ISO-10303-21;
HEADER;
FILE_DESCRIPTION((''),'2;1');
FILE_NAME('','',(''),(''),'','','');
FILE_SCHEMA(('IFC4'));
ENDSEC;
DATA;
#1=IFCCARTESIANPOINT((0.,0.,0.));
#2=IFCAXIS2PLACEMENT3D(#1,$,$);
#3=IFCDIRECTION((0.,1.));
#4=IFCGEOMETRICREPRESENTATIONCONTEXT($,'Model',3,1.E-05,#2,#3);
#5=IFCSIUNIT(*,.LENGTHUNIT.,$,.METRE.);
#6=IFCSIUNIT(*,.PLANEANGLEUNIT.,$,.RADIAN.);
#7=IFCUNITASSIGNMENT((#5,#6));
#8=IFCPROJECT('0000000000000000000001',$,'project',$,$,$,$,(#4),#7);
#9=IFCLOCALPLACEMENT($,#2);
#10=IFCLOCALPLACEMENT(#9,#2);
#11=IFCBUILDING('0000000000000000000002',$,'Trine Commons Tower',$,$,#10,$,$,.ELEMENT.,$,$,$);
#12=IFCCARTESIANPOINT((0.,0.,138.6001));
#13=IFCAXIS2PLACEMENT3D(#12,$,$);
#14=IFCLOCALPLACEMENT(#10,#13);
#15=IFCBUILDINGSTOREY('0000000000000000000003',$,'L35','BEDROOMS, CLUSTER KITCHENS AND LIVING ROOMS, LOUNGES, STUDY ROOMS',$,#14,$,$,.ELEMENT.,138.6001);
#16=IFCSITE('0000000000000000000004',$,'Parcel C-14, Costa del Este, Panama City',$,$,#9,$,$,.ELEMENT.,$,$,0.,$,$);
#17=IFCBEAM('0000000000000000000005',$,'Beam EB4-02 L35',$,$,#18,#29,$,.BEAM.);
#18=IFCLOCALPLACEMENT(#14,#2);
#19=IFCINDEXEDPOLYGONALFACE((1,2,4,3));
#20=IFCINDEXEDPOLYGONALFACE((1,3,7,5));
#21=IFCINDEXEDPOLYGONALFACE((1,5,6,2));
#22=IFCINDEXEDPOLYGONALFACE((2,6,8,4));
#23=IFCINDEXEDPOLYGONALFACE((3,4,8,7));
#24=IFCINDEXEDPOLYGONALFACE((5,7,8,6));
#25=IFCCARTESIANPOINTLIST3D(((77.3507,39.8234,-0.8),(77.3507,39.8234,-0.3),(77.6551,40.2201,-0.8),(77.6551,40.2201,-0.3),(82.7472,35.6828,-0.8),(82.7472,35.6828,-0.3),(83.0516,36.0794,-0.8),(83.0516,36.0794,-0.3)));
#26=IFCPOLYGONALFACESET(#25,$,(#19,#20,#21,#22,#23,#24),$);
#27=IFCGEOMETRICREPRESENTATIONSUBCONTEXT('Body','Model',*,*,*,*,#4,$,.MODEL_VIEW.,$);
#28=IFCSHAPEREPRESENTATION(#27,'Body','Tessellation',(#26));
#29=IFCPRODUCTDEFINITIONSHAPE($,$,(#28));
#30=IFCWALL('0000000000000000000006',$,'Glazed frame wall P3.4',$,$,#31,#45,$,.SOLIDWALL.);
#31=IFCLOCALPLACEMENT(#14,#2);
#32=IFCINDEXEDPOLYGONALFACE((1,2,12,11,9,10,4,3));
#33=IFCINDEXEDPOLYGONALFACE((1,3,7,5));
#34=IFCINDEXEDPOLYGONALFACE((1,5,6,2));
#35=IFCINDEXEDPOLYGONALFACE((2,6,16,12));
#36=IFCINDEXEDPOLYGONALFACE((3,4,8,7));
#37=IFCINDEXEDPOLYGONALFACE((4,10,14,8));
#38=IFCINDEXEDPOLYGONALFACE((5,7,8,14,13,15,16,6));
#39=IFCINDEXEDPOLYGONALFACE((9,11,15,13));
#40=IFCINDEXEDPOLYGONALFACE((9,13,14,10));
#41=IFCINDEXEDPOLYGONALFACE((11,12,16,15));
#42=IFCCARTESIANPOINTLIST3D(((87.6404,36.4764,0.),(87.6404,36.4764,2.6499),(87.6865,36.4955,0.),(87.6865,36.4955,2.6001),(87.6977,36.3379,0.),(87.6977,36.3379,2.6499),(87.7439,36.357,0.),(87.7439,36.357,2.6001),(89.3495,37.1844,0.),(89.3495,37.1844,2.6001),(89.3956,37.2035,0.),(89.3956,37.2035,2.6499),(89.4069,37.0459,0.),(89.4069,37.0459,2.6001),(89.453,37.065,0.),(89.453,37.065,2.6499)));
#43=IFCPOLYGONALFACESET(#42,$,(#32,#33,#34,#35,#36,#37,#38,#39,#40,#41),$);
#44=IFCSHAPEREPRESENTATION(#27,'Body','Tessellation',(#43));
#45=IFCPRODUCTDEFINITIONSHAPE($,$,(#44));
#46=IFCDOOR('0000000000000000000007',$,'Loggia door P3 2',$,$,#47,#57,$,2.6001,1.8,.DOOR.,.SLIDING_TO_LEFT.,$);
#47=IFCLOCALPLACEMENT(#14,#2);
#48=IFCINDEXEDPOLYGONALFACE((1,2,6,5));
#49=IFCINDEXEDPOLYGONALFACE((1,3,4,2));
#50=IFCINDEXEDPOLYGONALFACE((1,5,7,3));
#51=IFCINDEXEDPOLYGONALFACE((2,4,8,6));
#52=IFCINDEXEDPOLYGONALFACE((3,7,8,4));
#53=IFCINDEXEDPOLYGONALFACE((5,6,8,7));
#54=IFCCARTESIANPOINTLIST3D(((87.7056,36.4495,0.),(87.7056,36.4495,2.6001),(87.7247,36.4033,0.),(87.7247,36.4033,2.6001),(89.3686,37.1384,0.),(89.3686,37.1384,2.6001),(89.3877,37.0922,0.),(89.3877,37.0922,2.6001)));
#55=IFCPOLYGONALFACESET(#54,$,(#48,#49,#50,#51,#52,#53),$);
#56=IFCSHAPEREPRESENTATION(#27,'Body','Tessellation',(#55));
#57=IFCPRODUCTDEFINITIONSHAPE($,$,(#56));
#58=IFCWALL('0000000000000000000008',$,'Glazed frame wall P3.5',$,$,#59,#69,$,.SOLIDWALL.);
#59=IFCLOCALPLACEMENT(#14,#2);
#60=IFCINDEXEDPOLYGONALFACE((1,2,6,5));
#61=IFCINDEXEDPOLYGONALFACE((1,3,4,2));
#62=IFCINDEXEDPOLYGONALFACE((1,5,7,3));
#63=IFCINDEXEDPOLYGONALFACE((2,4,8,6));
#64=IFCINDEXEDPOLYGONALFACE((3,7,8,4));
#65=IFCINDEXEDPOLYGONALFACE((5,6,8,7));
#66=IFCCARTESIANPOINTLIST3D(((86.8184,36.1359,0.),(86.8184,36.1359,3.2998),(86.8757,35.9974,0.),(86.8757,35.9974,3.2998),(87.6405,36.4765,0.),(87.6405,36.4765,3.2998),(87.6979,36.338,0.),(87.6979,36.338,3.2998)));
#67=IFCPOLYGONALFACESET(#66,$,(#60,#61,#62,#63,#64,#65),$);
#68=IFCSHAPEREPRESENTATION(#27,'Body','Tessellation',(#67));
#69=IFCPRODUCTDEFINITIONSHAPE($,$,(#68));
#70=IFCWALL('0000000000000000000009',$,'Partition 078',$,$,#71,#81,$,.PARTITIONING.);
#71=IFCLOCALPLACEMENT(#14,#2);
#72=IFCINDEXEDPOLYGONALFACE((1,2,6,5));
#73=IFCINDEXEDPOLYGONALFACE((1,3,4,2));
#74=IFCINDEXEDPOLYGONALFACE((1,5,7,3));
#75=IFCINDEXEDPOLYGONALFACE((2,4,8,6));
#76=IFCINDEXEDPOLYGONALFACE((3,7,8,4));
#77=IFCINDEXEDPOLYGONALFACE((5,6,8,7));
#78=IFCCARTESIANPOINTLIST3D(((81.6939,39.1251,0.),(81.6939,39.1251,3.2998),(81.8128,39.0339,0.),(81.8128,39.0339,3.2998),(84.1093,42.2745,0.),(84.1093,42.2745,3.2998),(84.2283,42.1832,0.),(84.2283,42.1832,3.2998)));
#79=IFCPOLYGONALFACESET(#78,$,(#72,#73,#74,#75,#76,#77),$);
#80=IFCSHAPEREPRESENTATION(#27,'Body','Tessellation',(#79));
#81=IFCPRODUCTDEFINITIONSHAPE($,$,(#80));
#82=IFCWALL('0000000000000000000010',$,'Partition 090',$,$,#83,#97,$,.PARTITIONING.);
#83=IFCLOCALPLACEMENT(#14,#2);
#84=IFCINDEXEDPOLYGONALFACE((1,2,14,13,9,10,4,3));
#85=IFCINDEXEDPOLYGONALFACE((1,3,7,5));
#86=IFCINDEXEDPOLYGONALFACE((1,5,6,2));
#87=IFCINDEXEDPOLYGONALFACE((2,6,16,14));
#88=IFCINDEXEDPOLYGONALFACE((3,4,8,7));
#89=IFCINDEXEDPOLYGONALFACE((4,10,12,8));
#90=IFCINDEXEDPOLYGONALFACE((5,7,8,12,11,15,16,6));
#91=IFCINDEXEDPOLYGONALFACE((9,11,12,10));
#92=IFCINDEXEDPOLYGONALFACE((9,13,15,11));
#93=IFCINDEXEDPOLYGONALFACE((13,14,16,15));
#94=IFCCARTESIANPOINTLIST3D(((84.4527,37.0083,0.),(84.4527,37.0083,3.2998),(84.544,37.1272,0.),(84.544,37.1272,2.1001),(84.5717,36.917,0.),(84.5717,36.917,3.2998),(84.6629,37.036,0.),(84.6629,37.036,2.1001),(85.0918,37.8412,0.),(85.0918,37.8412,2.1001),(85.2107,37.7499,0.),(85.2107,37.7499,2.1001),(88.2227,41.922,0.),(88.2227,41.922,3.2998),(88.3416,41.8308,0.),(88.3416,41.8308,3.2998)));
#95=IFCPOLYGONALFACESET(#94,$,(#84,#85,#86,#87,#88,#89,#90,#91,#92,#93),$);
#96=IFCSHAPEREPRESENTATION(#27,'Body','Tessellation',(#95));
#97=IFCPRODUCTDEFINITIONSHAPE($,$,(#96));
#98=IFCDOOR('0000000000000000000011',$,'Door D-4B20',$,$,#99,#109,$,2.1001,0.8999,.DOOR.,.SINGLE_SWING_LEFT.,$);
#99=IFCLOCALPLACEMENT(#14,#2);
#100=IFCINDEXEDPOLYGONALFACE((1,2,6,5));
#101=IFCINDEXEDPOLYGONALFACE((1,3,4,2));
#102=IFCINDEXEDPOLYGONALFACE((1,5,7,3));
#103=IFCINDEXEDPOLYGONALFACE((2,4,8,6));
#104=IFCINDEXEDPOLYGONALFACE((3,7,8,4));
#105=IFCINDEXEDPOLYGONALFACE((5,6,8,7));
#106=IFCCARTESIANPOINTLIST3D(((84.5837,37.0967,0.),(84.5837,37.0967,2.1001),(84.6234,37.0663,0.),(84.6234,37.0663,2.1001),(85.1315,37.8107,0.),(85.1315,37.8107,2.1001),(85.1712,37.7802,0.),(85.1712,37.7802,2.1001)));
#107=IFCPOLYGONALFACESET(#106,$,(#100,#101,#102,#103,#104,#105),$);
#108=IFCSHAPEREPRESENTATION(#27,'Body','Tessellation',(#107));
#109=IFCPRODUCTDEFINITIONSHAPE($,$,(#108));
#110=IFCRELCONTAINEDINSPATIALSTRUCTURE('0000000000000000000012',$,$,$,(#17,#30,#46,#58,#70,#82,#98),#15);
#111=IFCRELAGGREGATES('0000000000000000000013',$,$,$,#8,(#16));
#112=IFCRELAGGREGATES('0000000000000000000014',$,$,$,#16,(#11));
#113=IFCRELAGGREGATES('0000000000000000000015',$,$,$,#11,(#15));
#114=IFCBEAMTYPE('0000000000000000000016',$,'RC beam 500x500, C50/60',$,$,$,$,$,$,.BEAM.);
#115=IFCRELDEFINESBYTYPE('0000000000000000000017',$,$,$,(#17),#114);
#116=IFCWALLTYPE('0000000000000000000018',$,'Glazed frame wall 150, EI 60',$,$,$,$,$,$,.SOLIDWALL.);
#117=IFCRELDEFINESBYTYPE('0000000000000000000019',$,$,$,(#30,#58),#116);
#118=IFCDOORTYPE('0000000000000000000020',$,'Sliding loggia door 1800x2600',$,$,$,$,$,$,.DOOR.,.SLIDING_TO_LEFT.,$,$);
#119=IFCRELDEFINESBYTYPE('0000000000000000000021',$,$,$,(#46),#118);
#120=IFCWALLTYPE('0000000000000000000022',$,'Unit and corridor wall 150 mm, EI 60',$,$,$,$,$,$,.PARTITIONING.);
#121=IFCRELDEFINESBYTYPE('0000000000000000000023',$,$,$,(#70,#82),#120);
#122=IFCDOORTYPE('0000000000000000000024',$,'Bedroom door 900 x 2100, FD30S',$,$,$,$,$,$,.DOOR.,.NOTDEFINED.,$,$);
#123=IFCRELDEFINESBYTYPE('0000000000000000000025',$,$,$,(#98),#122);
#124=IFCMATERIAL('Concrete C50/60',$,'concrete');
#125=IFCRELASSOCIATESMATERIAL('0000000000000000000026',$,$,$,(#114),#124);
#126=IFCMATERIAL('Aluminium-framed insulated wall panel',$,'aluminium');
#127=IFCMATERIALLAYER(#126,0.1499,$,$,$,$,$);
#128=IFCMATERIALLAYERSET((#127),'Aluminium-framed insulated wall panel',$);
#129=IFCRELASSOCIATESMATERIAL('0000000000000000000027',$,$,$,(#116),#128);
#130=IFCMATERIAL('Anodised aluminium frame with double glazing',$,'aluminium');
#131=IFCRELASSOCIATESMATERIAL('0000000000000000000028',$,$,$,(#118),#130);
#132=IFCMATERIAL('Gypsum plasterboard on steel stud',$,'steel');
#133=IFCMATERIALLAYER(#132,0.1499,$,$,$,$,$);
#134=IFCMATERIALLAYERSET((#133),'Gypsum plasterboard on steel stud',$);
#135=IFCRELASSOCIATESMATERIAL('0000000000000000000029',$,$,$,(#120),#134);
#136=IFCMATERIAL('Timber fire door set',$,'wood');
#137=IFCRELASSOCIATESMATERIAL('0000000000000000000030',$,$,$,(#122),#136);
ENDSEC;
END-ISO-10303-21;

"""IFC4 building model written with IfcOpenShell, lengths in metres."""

from ifc_helpers import new_model, si_unit, direction, frame, frame_2d, origin, origin_2d, place, context, subcontext, project, spatial, polyline, rectangle, outline, extrude, material, layer, layer_set, material_profile, profile_set, type_object, element, fill, save


model = new_model("IFC4")

# Units and contexts
model_context = context("Model", 3, precision=1e-05, world=origin(), true_north=direction((0.0, 1.0)))
body_context = subcontext(model_context, "Body", "Model", "MODEL_VIEW")
ifc_project = project(units=[si_unit("LENGTHUNIT", "METRE"), si_unit("PLANEANGLEUNIT", "RADIAN")], contexts=[model_context])

# Site, building, storey
site_placement = place(None, origin())
site = spatial("IfcSite", under=ifc_project, at=site_placement, Name="Parcel C-14, Costa del Este, Panama City", CompositionType="ELEMENT", RefElevation=0.0)
building_placement = place(site_placement, origin())
building = spatial("IfcBuilding", under=site, at=building_placement, Name="Trine Commons Tower", CompositionType="ELEMENT")
storey_placement = place(building_placement, frame((0.0, 0.0, 138.6001)))
storey = spatial("IfcBuildingStorey", under=building, at=storey_placement, Name="L35", Description="BEDROOMS, CLUSTER KITCHENS AND LIVING ROOMS, LOUNGES, STUDY ROOMS", CompositionType="ELEMENT", Elevation=138.6001)

# Beam
ifc_material_1 = material(Name="Concrete C50/60", Category="concrete")
ifc_material_profile = material_profile(ifc_material_1, rectangle(XDim=0.5, YDim=0.5, at=origin_2d()), Name="RC 500x500")
ifc_profile_set = profile_set([ifc_material_profile], Name="Concrete C50/60")
beam_type = type_object("IfcBeamType", Name="RC beam 500x500, C50/60", PredefinedType="BEAM", material=ifc_profile_set)
beam_placement = place(storey_placement, frame((82.8994, 35.8811, -0.55), z_axis=(-0.793371, 0.608739, 0.0), x_axis=(-0.608739, -0.793371, 0.0)))
element("IfcBeam", 1, at=beam_placement, inside=storey, type_object=beam_type, Name="Beam EB4-02 L35", PredefinedType="BEAM", context=body_context, shape_type="SweptSolid", body=[
    extrude(rectangle(XDim=0.5, YDim=0.5, at=origin_2d()), origin(), (0.0, 0.0, 1.0), 6.802),
])

# Wall, opening, door
ifc_material_2 = material(Name="Aluminium-framed insulated wall panel", Category="aluminium")
ifc_layer_1 = layer(ifc_material_2, 0.1499)
ifc_layer_set_1 = layer_set([ifc_layer_1], Name="Aluminium-framed insulated wall panel")
wall_type_1 = type_object("IfcWallType", Name="Glazed frame wall 150, EI 60", PredefinedType="SOLIDWALL", material=ifc_layer_set_1)
wall_1_placement = place(storey_placement, frame((89.4243, 37.1343, 0.0), z_axis=(0.0, 0.0, 1.0), x_axis=(-0.92387, -0.382707, 0.0)))
wall_1 = element("IfcWall", 2, at=wall_1_placement, inside=storey, type_object=wall_type_1, Name="Glazed frame wall P3.4", PredefinedType="SOLIDWALL", context=body_context, shape_type="SweptSolid", body=[
    extrude(outline(polyline([(0.0, -0.075), (1.8999, -0.075), (1.8999, 0.075), (0.0, 0.075), (0.0, -0.075)])), origin(), (0.0, 0.0, 1.0), 2.6499),
])
opening_1_placement = place(wall_1_placement, frame((0.05, 0.0, 0.0)))
opening_1 = element("IfcOpeningElement", 3, at=opening_1_placement, cuts=wall_1, PredefinedType="OPENING", context=body_context, shape_type="SweptSolid", body=[
    extrude(rectangle(XDim=1.8, YDim=2.6001, at=frame_2d((0.8999, 1.3))), frame((0.0, 0.085, 0.0), z_axis=(0.0, -1.0, 0.0), x_axis=(1.0, 0.0, 0.0)), (0.0, 0.0, 1.0), 0.1699),
])
ifc_material_3 = material(Name="Anodised aluminium frame with double glazing", Category="aluminium")
door_type_1 = type_object("IfcDoorType", Name="Sliding loggia door 1800x2600", OperationType="SLIDING_TO_LEFT", PredefinedType="DOOR", material=ifc_material_3)
door_1_placement = place(opening_1_placement, origin())
door_1 = element("IfcDoor", 4, at=door_1_placement, inside=storey, type_object=door_type_1, Name="Loggia door P3 2", OperationType="SLIDING_TO_LEFT", OverallHeight=2.6001, OverallWidth=1.8, PredefinedType="DOOR", context=body_context, shape_type="SweptSolid", body=[
    extrude(rectangle(XDim=1.8, YDim=2.6001, at=frame_2d((0.8999, 1.3))), frame((0.0, 0.0249, 0.0), z_axis=(0.0, -1.0, 0.0), x_axis=(1.0, 0.0, 0.0)), (0.0, 0.0, 1.0), 0.05),
])
fill(opening_1, door_1)

# Walls
wall_2_placement = place(storey_placement, frame((87.6692, 36.4072, 0.0), z_axis=(0.0, 0.0, 1.0), x_axis=(-0.923862, -0.382725, 0.0)))
element("IfcWall", 5, at=wall_2_placement, inside=storey, type_object=wall_type_1, Name="Glazed frame wall P3.5", PredefinedType="SOLIDWALL", context=body_context, shape_type="SweptSolid", body=[
    extrude(outline(polyline([(0.8899, 0.075), (0.0, 0.075), (0.0, -0.075), (0.8899, -0.075), (0.8899, 0.075)])), origin(), (0.0, 0.0, 1.0), 3.2998),
])
ifc_material_4 = material(Name="Gypsum plasterboard on steel stud", Category="steel")
ifc_layer_2 = layer(ifc_material_4, 0.1499)
ifc_layer_set_2 = layer_set([ifc_layer_2], Name="Gypsum plasterboard on steel stud")
wall_type_2 = type_object("IfcWallType", Name="Unit and corridor wall 150 mm, EI 60", PredefinedType="PARTITIONING", material=ifc_layer_set_2)
wall_3_placement = place(storey_placement, frame((81.7534, 39.0796, 0.0), z_axis=(0.0, 0.0, 1.0), x_axis=(0.608586, 0.793488, 0.0)))
element("IfcWall", 6, at=wall_3_placement, inside=storey, type_object=wall_type_2, Name="Partition 078", PredefinedType="PARTITIONING", context=body_context, shape_type="SweptSolid", body=[
    extrude(rectangle(XDim=3.969, YDim=0.1499, at=frame_2d((1.9844, 0.0))), origin(), (0.0, 0.0, 1.0), 3.2998),
])

# Wall, opening, door
wall_4_placement = place(storey_placement, frame((84.5122, 36.9626, 0.0), z_axis=(0.0, 0.0, 1.0), x_axis=(0.608712, 0.793391, 0.0)))
wall_4 = element("IfcWall", 7, at=wall_4_placement, inside=storey, type_object=wall_type_2, Name="Partition 090", PredefinedType="PARTITIONING", context=body_context, shape_type="SweptSolid", body=[
    extrude(rectangle(XDim=6.1934, YDim=0.1499, at=frame_2d((3.0967, 0.0))), origin(), (0.0, 0.0, 1.0), 3.2998),
])
opening_2_placement = place(wall_4_placement, frame((0.1499, 0.0, 0.0)))
opening_2 = element("IfcOpeningElement", 8, at=opening_2_placement, cuts=wall_4, PredefinedType="OPENING", context=body_context, shape_type="SweptSolid", body=[
    extrude(rectangle(XDim=0.8999, YDim=2.1001, at=frame_2d((0.45, 1.05))), frame((0.0, 0.085, 0.0), z_axis=(0.0, -1.0, 0.0), x_axis=(1.0, 0.0, 0.0)), (0.0, 0.0, 1.0), 0.1699),
])
ifc_material_5 = material(Name="Timber fire door set", Category="wood")
door_type_2 = type_object("IfcDoorType", Name="Bedroom door 900 x 2100, FD30S", OperationType="NOTDEFINED", PredefinedType="DOOR", material=ifc_material_5)
door_2_placement = place(opening_2_placement, origin())
door_2 = element("IfcDoor", 9, at=door_2_placement, inside=storey, type_object=door_type_2, Name="Door D-4B20", OperationType="SINGLE_SWING_LEFT", OverallHeight=2.1001, OverallWidth=0.8999, PredefinedType="DOOR", context=body_context, shape_type="SweptSolid", body=[
    extrude(rectangle(XDim=0.8999, YDim=2.1001, at=frame_2d((0.45, 1.05))), frame((0.0, 0.0249, 0.0), z_axis=(0.0, -1.0, 0.0), x_axis=(1.0, 0.0, 0.0)), (0.0, 0.0, 1.0), 0.05),
])
fill(opening_2, door_2)

save(model, "model.ifc")
